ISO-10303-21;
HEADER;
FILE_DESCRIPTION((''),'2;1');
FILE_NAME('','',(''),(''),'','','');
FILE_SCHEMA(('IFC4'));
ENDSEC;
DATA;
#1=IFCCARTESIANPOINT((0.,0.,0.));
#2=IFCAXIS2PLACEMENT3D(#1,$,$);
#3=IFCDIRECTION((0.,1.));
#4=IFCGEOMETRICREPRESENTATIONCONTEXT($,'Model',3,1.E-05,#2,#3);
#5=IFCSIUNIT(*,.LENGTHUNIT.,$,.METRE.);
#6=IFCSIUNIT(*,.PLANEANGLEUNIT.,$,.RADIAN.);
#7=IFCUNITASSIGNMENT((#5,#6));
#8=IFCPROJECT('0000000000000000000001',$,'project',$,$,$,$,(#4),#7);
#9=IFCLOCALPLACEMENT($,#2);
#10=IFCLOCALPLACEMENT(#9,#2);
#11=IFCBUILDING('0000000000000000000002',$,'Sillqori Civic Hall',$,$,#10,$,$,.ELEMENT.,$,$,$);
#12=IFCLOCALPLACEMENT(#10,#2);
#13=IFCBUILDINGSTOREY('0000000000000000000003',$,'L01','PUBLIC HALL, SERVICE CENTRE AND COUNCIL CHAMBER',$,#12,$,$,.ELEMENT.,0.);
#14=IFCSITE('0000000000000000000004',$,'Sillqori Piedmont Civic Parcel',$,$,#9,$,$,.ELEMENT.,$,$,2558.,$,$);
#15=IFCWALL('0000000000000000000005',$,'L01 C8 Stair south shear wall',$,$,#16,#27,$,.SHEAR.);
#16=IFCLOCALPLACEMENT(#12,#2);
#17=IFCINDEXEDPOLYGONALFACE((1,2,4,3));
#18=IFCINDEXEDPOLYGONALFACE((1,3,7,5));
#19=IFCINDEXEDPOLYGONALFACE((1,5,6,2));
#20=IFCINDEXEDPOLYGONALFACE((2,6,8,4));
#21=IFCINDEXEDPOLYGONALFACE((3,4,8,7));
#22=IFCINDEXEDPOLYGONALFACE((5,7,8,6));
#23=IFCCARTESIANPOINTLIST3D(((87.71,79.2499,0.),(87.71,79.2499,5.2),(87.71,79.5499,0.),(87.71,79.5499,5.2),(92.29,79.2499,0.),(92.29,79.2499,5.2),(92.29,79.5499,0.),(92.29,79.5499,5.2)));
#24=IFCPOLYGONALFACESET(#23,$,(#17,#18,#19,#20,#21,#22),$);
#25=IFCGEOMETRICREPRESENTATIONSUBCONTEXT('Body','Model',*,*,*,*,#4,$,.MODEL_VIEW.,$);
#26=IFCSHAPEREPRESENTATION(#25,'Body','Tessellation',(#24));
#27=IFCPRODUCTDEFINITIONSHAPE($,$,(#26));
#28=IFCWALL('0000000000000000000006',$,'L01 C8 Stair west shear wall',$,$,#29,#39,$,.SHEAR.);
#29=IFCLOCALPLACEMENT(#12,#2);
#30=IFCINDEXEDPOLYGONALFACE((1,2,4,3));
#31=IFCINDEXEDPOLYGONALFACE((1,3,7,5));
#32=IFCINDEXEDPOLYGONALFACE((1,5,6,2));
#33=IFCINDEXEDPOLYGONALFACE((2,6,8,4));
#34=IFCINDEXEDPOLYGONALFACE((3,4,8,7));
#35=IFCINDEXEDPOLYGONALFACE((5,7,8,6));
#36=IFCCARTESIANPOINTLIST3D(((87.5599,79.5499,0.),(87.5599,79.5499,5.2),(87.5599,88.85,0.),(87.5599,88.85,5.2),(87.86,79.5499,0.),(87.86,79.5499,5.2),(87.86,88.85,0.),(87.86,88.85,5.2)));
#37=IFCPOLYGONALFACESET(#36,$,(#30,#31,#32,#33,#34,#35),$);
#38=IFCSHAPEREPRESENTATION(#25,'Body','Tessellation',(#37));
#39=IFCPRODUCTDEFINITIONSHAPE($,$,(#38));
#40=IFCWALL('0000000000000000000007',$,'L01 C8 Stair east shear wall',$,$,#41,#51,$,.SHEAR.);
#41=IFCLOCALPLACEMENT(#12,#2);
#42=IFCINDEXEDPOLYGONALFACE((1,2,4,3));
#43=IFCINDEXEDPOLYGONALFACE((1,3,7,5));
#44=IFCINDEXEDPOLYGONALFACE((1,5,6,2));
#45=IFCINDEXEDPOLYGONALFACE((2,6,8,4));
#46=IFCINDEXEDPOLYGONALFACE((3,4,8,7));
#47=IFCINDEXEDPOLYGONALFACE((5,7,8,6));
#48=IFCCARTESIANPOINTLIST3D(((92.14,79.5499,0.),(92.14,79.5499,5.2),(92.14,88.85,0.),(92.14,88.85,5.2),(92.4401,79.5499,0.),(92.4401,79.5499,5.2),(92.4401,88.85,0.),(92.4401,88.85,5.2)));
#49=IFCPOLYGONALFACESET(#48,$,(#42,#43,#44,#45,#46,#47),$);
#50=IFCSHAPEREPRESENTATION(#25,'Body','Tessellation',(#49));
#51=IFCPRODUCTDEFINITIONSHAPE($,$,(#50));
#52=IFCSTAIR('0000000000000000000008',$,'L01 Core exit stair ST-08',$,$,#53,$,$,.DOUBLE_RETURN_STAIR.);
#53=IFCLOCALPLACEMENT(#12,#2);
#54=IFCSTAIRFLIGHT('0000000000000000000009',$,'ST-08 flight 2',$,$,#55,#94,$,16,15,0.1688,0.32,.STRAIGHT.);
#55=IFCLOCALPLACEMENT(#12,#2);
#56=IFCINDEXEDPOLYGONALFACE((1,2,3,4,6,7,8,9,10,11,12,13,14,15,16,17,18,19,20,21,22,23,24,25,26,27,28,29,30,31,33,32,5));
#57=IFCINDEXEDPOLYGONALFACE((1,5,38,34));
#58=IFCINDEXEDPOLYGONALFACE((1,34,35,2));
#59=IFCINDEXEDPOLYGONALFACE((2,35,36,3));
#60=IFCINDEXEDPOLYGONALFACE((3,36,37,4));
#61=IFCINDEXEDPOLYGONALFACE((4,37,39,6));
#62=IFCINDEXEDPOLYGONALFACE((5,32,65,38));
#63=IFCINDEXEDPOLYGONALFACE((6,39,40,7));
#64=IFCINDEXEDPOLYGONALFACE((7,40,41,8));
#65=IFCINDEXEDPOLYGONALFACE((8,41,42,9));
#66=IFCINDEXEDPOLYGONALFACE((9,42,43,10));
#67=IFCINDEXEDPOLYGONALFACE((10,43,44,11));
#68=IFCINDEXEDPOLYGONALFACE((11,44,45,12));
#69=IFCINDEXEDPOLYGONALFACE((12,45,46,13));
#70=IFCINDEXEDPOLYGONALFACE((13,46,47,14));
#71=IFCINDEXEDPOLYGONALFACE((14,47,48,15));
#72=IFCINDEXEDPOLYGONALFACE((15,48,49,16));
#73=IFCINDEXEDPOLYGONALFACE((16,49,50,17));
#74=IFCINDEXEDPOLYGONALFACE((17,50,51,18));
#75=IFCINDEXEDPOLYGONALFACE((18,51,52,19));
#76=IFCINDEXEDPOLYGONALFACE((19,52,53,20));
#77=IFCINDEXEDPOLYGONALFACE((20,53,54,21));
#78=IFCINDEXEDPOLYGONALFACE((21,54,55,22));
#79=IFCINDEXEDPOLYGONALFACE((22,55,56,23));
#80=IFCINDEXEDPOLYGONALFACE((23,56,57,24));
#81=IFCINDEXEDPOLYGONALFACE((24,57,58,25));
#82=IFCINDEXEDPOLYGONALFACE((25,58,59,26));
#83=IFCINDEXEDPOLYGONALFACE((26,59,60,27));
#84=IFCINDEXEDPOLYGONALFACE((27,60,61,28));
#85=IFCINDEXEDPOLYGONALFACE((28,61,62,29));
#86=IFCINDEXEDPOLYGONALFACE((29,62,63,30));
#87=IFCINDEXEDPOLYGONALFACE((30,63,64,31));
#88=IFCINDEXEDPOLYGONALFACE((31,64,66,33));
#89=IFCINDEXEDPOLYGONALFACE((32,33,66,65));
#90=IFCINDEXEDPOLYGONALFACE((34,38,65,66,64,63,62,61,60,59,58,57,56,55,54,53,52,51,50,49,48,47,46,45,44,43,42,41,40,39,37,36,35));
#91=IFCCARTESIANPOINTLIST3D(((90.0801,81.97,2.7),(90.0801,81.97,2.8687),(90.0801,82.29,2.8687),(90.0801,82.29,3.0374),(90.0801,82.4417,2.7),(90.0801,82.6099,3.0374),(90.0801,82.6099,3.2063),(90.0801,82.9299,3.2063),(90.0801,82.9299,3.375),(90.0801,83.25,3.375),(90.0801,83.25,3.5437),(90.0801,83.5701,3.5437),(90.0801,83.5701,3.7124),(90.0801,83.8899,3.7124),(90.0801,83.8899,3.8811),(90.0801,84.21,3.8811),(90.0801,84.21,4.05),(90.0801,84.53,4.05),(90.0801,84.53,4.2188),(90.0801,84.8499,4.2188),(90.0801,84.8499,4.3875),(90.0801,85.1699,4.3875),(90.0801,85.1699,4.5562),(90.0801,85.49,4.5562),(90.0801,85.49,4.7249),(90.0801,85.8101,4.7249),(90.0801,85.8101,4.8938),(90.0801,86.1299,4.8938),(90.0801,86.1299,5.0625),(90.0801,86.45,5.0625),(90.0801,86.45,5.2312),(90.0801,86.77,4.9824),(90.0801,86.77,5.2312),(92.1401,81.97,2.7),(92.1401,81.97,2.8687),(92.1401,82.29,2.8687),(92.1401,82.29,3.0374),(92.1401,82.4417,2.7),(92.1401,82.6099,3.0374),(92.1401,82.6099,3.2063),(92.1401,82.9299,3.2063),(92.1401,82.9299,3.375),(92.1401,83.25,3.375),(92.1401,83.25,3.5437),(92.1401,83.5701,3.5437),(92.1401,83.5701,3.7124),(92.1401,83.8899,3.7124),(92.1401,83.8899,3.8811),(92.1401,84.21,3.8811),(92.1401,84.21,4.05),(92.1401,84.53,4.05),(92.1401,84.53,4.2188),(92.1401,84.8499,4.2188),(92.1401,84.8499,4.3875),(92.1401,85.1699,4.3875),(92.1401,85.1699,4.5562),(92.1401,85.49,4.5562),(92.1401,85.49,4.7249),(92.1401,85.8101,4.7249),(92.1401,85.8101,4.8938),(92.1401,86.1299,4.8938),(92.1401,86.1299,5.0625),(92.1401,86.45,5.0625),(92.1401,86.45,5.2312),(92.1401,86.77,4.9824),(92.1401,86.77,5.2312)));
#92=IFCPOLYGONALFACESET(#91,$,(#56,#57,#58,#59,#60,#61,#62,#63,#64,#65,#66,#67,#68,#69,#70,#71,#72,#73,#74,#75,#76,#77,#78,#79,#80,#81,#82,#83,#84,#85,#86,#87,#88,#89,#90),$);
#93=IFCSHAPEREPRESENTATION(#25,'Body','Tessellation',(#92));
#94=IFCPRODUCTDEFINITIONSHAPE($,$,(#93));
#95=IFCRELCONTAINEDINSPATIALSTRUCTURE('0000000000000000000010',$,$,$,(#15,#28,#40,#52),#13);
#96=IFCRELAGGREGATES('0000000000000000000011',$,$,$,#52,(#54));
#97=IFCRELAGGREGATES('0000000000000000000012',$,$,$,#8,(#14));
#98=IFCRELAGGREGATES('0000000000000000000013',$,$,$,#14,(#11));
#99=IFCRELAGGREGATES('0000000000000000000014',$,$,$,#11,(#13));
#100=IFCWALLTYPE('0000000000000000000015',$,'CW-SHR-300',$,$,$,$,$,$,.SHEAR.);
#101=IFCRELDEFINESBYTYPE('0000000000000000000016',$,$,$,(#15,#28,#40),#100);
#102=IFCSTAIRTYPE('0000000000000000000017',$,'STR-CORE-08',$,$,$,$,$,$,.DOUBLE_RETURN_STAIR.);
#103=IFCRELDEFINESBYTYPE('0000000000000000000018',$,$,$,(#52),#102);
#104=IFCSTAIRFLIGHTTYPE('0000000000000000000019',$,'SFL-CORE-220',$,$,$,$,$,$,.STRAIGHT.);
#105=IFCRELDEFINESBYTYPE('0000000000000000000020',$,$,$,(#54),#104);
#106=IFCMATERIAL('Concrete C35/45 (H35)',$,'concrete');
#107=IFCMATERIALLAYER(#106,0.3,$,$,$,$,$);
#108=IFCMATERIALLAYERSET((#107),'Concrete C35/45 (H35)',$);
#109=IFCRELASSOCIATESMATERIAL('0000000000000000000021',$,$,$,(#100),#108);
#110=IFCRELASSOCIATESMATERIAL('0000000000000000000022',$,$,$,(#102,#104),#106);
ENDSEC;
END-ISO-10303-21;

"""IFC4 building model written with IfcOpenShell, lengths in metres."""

from ifc_helpers import new_model, si_unit, direction, frame, frame_2d, origin, place, context, subcontext, project, spatial, polyline, rectangle, outline, extrude, material, layer, layer_set, type_object, element, aggregate, save


model = new_model("IFC4")

# Units and contexts
model_context = context("Model", 3, precision=1e-05, world=origin(), true_north=direction((0.0, 1.0)))
body_context = subcontext(model_context, "Body", "Model", "MODEL_VIEW")
ifc_project = project(units=[si_unit("LENGTHUNIT", "METRE"), si_unit("PLANEANGLEUNIT", "RADIAN")], contexts=[model_context])

# Site, building, storey
site_placement = place(None, origin())
site = spatial("IfcSite", under=ifc_project, at=site_placement, Name="Sillqori Piedmont Civic Parcel", CompositionType="ELEMENT", RefElevation=2558.0)
building_placement = place(site_placement, origin())
building = spatial("IfcBuilding", under=site, at=building_placement, Name="Sillqori Civic Hall", CompositionType="ELEMENT")
storey_placement = place(building_placement, origin())
storey = spatial("IfcBuildingStorey", under=building, at=storey_placement, Name="L01", Description="PUBLIC HALL, SERVICE CENTRE AND COUNCIL CHAMBER", CompositionType="ELEMENT", Elevation=0.0)

# Shared definitions
ifc_material_1 = material(Name="Concrete C35/45 (H35)", Category="concrete")

# Walls
ifc_layer_1 = layer(ifc_material_1, 0.3)
ifc_layer_set_1 = layer_set([ifc_layer_1], Name="Concrete C35/45 (H35)")
wall_type = type_object("IfcWallType", Name="CW-SHR-300", PredefinedType="SHEAR", material=ifc_layer_set_1)
wall_placement = place(storey_placement, frame((87.71, 79.3999, 0.0), z_axis=(0.0, 0.0, 1.0), x_axis=(1.0, 0.0, 0.0)))
element("IfcWall", 1, at=wall_placement, inside=storey, type_object=wall_type, Name="L01 C8 Stair south shear wall", PredefinedType="SHEAR", context=body_context, shape_type="SweptSolid", body=[
    extrude(rectangle(XDim=4.5801, YDim=0.3, at=frame_2d((2.29, 0.0))), origin(), (0.0, 0.0, 1.0), 5.2),
])
for number, where, z_axis, x_axis, name in (
    (2, (87.71, 79.55, 0.0), (0.0, 0.0, 1.0), (0.0, 1.0, 0.0), "L01 C8 Stair west shear wall"),
    (3, (92.29, 79.55, 0.0), (0.0, 0.0, 1.0), (0.0, 1.0, 0.0), "L01 C8 Stair east shear wall"),
):
    element("IfcWall", number, at=place(storey_placement, frame(where, z_axis=z_axis, x_axis=x_axis)), inside=storey, type_object=wall_type, Name=name, PredefinedType="SHEAR", context=body_context, shape_type="SweptSolid", body=[
        extrude(rectangle(XDim=9.3, YDim=0.3, at=frame_2d((4.6499, 0.0))), origin(), (0.0, 0.0, 1.0), 5.2),
    ])

# Stair, stair flight
stair_type = type_object("IfcStairType", Name="STR-CORE-08", PredefinedType="DOUBLE_RETURN_STAIR", material=ifc_material_1)
stair_placement = place(storey_placement, origin())
stair = element("IfcStair", 4, at=stair_placement, inside=storey, type_object=stair_type, Name="L01 Core exit stair ST-08", PredefinedType="DOUBLE_RETURN_STAIR")
stair_flight_type = type_object("IfcStairFlightType", Name="SFL-CORE-220", PredefinedType="STRAIGHT", material=ifc_material_1)
stair_flight_placement = place(storey_placement, frame((91.1101, 81.97, 2.7), z_axis=(0.0, 0.0, 1.0), x_axis=(0.0, 1.0, 0.0)))
stair_flight = element("IfcStairFlight", 5, at=stair_flight_placement, type_object=stair_flight_type, Name="ST-08 flight 2", NumberOfRisers=16, NumberOfTreads=15, PredefinedType="STRAIGHT", RiserHeight=0.1688, TreadLength=0.32, context=body_context, shape_type="SweptSolid", body=[
    extrude(outline(polyline([(0.0, 0.0), (0.0, 0.1687), (0.3201, 0.1687), (0.3201, 0.3374), (0.6399, 0.3374), (0.6399, 0.5063), (0.96, 0.5063), (0.96, 0.675), (1.28, 0.675), (1.28, 0.8438), (1.6001, 0.8438), (1.6001, 1.0125), (1.9199, 1.0125), (1.9199, 1.1812), (2.24, 1.1812), (2.24, 1.3501), (2.5601, 1.3501), (2.5601, 1.5188), (2.8799, 1.5188), (2.8799, 1.6875), (3.2, 1.6875), (3.2, 1.8562), (3.52, 1.8562), (3.52, 2.0249), (3.8401, 2.0249), (3.8401, 2.1938), (4.1599, 2.1938), (4.1599, 2.3625), (4.48, 2.3625), (4.48, 2.5312), (4.8, 2.5312), (4.8, 2.7), (4.8, 2.2825), (0.4717, 0.0), (0.0, 0.0)])), frame((0.0, 1.03, 0.0), z_axis=(0.0, -1.0, 0.0), x_axis=(1.0, 0.0, 0.0)), (0.0, 0.0, 1.0), 2.0601),
])
aggregate(stair, [stair_flight])

save(model, "model.ifc")
